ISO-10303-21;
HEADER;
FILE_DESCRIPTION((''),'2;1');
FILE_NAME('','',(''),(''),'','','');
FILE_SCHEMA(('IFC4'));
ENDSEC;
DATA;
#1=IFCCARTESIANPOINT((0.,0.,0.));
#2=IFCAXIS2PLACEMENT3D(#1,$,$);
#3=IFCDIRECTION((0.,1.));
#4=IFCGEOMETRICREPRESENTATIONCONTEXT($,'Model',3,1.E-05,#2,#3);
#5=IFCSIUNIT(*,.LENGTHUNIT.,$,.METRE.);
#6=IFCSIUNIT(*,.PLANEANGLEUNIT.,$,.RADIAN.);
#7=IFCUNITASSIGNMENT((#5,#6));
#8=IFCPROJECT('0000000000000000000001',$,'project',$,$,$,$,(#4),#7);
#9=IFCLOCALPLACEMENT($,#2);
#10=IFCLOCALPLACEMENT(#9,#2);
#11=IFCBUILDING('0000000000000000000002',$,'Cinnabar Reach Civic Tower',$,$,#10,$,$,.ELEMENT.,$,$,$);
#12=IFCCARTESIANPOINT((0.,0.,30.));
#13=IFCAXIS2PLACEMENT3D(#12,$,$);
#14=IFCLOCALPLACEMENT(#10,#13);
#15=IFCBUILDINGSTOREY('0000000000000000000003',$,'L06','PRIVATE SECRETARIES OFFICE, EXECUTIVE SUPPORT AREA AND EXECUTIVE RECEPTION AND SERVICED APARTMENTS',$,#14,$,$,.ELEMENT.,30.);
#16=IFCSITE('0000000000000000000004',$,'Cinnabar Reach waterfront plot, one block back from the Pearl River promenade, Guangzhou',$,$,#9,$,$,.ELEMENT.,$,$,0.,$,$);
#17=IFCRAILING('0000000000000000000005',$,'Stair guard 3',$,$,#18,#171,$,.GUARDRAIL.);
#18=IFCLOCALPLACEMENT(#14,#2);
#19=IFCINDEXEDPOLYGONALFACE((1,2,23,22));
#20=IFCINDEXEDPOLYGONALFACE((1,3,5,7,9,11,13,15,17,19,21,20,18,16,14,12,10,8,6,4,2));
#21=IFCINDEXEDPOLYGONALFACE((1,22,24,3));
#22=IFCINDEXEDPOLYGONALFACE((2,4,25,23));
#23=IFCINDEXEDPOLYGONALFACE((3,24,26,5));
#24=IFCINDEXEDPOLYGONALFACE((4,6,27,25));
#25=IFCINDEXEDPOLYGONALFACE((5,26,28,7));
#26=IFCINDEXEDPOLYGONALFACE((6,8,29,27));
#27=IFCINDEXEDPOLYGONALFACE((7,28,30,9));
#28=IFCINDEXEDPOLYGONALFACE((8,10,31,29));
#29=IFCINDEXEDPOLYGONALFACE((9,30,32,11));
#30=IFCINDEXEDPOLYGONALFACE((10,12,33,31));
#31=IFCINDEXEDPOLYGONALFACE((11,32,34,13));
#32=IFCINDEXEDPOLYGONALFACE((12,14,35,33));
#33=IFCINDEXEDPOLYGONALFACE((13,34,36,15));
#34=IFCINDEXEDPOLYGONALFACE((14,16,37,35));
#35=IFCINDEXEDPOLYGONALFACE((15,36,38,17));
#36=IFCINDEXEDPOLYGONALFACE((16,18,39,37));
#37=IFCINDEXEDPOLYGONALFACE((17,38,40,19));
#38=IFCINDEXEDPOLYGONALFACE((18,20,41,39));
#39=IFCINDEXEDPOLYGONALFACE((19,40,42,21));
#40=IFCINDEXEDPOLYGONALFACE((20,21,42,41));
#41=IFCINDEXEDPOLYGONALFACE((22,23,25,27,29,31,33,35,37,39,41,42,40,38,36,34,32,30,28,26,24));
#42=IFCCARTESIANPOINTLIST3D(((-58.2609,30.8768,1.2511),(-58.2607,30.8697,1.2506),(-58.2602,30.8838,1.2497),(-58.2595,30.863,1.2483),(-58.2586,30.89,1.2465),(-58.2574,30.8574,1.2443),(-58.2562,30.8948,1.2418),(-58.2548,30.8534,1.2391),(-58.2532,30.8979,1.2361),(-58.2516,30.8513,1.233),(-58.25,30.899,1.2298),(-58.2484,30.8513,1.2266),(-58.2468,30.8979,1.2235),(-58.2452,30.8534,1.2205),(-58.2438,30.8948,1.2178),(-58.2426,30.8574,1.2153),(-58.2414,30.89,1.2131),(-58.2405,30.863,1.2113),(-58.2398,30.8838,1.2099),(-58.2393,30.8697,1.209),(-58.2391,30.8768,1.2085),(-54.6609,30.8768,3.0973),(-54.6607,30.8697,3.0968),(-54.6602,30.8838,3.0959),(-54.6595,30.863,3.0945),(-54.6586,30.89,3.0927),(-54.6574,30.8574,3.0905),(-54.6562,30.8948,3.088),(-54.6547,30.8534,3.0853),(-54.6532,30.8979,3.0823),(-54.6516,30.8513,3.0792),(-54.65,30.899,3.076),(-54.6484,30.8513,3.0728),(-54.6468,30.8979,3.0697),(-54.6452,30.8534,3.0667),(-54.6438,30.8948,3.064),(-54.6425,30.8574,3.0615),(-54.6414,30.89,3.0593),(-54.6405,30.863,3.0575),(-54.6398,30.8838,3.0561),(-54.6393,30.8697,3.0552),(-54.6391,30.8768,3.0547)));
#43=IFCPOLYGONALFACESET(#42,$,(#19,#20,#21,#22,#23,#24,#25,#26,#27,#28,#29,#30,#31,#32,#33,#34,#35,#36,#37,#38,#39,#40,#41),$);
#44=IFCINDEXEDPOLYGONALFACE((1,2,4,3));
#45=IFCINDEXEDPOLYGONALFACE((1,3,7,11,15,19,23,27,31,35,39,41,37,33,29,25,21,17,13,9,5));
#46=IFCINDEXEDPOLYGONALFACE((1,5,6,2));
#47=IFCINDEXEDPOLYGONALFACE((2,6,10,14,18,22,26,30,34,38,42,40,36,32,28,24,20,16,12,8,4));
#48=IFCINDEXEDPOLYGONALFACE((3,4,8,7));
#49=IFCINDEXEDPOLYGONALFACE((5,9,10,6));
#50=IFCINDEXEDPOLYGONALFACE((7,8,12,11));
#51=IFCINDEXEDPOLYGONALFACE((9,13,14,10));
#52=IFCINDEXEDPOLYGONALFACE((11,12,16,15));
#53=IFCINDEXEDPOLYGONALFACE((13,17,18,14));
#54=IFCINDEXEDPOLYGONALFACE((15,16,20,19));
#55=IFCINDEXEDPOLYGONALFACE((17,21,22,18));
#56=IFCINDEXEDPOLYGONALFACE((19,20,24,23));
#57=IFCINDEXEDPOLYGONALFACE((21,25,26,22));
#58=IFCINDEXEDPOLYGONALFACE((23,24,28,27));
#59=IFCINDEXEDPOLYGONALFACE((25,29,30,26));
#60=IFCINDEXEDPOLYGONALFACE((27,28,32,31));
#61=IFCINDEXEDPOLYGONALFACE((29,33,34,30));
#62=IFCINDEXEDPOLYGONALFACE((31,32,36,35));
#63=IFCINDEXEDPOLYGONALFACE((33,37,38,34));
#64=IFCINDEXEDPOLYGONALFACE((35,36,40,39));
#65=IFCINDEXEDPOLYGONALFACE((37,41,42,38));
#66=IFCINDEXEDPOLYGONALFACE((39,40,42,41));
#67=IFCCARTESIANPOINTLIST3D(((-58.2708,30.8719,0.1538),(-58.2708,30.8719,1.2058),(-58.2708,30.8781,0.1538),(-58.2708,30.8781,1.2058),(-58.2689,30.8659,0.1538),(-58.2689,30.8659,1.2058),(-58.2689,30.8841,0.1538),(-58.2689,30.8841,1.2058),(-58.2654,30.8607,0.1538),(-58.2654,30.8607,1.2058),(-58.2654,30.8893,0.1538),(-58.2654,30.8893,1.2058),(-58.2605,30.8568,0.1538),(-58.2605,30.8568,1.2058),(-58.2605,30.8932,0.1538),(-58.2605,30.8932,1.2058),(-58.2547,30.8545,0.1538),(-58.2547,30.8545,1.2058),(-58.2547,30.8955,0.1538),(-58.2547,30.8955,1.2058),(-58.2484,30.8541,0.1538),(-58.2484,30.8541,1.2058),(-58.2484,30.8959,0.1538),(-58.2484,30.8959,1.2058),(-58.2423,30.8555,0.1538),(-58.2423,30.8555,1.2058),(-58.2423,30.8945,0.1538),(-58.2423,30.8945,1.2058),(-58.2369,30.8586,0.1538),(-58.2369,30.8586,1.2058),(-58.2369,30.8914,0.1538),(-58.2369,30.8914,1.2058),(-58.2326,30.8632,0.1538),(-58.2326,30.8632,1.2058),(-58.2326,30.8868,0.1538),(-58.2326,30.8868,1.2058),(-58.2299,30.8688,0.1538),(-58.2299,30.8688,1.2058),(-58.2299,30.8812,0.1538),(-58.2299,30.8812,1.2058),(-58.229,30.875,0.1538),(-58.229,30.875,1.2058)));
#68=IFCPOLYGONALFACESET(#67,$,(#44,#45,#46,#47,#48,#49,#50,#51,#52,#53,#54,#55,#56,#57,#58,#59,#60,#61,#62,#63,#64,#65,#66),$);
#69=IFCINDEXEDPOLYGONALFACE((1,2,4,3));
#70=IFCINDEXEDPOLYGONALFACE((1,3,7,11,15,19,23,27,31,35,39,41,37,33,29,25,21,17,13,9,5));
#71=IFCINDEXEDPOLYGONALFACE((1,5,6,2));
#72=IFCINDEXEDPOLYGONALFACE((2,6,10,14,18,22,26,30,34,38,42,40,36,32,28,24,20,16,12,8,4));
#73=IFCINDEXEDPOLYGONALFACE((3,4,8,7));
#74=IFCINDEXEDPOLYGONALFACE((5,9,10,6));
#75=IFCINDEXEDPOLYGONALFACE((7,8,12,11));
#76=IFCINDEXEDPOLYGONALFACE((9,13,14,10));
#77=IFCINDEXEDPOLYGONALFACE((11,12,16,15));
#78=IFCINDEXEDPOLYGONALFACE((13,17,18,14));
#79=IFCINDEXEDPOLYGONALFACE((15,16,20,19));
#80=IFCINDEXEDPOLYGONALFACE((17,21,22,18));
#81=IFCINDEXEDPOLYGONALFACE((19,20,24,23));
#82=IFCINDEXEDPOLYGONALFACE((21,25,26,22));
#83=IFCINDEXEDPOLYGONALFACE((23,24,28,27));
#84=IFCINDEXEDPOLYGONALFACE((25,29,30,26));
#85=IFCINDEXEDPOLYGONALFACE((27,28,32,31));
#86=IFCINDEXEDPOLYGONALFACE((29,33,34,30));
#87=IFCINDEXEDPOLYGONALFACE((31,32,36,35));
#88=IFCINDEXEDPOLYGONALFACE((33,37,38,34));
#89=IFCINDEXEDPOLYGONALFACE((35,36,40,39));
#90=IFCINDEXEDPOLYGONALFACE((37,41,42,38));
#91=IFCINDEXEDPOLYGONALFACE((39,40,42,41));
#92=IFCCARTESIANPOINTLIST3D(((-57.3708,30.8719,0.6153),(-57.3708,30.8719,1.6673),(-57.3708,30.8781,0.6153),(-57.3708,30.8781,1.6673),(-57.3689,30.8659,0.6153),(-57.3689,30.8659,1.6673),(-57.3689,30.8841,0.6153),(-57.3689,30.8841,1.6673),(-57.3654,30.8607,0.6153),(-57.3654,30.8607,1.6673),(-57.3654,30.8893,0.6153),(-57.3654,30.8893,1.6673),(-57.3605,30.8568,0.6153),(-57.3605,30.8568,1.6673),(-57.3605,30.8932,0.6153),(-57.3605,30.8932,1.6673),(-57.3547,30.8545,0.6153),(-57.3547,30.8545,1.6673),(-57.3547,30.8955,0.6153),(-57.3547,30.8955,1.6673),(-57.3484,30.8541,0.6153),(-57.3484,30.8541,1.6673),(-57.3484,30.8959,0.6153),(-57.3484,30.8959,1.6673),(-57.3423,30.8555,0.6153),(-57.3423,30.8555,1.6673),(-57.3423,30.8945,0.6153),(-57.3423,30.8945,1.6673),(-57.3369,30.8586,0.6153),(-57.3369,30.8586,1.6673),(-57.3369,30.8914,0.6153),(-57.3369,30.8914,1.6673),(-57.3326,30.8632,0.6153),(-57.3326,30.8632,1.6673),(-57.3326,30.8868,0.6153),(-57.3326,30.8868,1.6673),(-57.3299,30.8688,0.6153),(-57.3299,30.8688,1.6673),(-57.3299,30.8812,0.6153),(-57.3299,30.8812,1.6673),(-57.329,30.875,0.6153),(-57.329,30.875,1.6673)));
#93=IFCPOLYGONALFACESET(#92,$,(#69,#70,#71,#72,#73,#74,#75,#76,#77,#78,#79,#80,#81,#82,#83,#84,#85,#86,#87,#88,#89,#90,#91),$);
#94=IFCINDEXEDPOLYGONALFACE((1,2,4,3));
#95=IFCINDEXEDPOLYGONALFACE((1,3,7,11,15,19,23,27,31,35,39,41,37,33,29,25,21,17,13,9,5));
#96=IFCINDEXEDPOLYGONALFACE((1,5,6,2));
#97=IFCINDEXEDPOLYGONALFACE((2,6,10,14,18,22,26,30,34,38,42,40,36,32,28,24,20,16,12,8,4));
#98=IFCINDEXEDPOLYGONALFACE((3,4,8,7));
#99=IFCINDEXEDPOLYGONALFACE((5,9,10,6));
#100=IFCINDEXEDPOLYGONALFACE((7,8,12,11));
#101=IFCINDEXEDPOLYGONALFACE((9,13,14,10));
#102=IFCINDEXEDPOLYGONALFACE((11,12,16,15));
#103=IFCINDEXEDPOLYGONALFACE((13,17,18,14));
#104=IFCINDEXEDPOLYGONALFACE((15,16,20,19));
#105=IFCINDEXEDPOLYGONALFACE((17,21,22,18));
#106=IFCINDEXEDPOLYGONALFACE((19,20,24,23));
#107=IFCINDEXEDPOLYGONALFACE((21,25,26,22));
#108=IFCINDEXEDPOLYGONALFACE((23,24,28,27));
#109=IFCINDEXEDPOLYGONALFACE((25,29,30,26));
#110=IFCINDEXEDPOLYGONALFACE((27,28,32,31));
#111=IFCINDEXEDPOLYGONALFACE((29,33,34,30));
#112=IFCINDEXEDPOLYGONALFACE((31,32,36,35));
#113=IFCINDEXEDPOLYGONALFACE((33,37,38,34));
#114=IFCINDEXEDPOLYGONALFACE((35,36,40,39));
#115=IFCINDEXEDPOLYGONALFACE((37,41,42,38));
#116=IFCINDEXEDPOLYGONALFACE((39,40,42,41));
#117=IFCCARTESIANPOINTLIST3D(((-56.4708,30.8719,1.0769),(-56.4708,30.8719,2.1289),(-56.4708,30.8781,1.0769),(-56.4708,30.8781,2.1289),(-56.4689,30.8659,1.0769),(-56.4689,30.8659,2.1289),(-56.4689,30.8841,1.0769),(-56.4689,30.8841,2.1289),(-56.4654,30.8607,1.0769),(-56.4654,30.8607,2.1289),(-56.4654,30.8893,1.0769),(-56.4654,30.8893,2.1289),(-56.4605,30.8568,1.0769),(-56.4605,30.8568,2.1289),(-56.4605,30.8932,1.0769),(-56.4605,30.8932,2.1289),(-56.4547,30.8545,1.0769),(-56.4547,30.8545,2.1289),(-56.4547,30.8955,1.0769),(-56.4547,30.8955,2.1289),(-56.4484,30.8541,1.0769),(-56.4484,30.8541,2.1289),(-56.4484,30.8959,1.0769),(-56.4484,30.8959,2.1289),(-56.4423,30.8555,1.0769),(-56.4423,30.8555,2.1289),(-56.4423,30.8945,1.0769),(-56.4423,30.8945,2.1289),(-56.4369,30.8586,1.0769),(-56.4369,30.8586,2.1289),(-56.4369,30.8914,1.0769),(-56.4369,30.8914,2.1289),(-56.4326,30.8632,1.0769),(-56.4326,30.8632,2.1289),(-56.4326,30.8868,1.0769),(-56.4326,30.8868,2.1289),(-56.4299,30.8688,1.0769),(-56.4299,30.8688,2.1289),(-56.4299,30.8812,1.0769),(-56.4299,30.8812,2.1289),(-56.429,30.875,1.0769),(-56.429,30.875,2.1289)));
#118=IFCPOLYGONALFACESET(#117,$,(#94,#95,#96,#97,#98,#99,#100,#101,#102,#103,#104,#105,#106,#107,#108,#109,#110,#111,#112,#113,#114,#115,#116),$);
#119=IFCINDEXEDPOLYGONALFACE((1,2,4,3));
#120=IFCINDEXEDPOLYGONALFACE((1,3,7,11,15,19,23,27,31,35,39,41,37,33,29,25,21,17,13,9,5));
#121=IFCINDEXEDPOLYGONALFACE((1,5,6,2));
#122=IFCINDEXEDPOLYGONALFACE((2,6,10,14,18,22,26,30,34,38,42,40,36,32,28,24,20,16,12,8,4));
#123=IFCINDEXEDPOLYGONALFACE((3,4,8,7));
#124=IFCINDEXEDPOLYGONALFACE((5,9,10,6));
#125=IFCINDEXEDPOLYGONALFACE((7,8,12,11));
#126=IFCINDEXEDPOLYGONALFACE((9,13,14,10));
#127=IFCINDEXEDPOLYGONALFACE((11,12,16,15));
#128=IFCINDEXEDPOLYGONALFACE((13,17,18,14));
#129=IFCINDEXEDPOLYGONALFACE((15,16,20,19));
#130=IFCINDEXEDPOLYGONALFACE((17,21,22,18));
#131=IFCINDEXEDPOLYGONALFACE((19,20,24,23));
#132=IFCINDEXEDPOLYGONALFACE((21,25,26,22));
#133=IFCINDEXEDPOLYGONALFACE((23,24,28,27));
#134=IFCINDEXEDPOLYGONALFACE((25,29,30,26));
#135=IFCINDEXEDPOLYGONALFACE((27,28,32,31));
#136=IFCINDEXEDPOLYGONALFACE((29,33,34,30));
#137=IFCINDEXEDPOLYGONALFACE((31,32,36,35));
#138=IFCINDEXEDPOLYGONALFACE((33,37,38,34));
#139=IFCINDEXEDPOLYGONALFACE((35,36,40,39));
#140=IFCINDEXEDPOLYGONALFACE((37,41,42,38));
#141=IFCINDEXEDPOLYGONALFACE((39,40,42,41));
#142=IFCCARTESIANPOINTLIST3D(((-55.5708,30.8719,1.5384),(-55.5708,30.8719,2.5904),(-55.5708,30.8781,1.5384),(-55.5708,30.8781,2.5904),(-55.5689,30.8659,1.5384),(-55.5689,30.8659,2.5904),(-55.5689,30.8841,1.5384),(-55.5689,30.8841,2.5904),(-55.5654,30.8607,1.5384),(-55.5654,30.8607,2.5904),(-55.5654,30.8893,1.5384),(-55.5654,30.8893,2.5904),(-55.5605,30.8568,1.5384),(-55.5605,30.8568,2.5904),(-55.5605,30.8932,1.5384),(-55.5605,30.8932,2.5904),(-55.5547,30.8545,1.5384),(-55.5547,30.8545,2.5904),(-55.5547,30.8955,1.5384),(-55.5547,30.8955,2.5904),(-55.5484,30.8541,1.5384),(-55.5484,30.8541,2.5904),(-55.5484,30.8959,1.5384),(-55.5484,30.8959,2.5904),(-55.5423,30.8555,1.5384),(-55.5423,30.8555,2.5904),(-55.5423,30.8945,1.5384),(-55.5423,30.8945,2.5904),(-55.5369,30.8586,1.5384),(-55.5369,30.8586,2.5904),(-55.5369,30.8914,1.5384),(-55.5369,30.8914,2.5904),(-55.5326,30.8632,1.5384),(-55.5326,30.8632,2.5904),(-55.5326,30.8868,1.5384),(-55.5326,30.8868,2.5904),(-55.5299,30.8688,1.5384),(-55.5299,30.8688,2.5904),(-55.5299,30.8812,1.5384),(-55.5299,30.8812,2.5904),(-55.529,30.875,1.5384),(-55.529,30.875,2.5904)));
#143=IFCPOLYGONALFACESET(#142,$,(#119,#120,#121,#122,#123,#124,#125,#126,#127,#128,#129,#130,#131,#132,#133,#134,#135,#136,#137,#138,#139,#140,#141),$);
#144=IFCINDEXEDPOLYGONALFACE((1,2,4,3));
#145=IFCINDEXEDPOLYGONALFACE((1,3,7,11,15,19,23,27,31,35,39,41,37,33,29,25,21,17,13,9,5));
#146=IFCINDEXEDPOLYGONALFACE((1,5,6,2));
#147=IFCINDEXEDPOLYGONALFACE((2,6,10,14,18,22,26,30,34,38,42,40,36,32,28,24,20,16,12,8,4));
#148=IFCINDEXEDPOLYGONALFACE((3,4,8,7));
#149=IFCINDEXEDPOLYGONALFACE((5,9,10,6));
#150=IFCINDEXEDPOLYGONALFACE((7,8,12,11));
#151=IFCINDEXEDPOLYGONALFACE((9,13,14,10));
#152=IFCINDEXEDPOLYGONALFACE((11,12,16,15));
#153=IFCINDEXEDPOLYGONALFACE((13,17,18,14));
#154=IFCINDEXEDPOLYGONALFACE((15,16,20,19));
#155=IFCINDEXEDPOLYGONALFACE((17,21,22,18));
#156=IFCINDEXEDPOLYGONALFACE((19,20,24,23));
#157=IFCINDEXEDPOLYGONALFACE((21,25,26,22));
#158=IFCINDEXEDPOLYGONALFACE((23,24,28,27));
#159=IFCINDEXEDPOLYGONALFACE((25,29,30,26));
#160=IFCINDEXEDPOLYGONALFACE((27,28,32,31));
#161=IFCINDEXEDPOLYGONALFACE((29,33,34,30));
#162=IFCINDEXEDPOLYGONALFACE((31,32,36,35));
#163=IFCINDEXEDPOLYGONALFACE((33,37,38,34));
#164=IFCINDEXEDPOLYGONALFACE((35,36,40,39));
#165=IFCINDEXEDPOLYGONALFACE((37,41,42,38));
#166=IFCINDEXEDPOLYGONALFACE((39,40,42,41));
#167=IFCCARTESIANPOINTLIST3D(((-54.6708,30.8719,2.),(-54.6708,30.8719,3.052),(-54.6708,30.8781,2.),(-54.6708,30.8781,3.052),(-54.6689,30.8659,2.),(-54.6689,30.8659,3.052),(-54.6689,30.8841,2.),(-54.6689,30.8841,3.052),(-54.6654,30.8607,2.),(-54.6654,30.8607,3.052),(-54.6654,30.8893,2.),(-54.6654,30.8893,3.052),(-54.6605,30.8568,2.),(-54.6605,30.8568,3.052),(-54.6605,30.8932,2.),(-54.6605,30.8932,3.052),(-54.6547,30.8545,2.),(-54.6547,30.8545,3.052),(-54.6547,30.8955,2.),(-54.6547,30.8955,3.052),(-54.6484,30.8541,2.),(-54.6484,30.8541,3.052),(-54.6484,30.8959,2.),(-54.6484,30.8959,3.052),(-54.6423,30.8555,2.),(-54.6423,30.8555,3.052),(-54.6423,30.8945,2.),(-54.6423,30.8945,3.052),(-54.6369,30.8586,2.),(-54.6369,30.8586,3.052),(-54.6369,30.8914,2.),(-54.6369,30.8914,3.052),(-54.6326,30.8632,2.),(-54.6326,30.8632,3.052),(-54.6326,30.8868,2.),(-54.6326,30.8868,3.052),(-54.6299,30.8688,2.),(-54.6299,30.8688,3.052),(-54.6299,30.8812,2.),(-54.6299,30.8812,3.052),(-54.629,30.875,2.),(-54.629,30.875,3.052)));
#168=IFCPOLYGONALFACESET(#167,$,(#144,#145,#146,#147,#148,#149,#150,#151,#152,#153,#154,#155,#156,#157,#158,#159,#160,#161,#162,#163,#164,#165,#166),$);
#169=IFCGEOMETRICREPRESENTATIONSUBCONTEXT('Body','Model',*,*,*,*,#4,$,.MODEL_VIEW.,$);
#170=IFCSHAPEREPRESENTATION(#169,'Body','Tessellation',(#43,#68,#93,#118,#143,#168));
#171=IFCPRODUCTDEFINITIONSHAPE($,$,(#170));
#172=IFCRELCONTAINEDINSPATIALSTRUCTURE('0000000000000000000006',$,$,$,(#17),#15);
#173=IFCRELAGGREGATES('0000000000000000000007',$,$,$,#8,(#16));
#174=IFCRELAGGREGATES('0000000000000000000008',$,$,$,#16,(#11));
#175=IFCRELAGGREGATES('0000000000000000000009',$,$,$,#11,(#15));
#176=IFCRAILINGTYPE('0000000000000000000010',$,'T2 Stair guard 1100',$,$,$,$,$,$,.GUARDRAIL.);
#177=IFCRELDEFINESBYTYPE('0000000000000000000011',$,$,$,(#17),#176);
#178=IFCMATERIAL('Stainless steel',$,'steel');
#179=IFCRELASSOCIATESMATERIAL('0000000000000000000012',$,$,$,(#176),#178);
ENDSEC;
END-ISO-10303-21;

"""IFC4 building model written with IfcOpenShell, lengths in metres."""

from ifc_helpers import new_model, si_unit, direction, frame, origin, origin_2d, place, context, subcontext, project, spatial, circle, extrude, material, type_object, element, save


model = new_model("IFC4")

# Units and contexts
model_context = context("Model", 3, precision=1e-05, world=origin(), true_north=direction((0.0, 1.0)))
body_context = subcontext(model_context, "Body", "Model", "MODEL_VIEW")
ifc_project = project(units=[si_unit("LENGTHUNIT", "METRE"), si_unit("PLANEANGLEUNIT", "RADIAN")], contexts=[model_context])

# Site, building, storey
site_placement = place(None, origin())
site = spatial("IfcSite", under=ifc_project, at=site_placement, Name="Cinnabar Reach waterfront plot, one block back from the Pearl River promenade, Guangzhou", CompositionType="ELEMENT", RefElevation=0.0)
building_placement = place(site_placement, origin())
building = spatial("IfcBuilding", under=site, at=building_placement, Name="Cinnabar Reach Civic Tower", CompositionType="ELEMENT")
storey_placement = place(building_placement, frame((0.0, 0.0, 30.0)))
storey = spatial("IfcBuildingStorey", under=building, at=storey_placement, Name="L06", Description="PRIVATE SECRETARIES OFFICE, EXECUTIVE SUPPORT AREA AND EXECUTIVE RECEPTION AND SERVICED APARTMENTS", CompositionType="ELEMENT", Elevation=30.0)

# Railing
ifc_material_1 = material(Name="Stainless steel", Category="steel")
railing_type = type_object("IfcRailingType", Name="T2 Stair guard 1100", PredefinedType="GUARDRAIL", material=ifc_material_1)
railing_1_placement = place(storey_placement, frame((-58.25, 30.875, 0.1538)))
element("IfcRailing", 1, at=railing_1_placement, inside=storey, type_object=railing_type, Name="Stair guard 3", PredefinedType="GUARDRAIL", context=body_context, shape_type="SweptSolid", body=[
    extrude(circle(Radius=0.024, at=origin_2d()), frame((0.0, 0.0, 1.076), z_axis=(0.889813, 0.0, 0.456326), x_axis=(0.0, 1.0, 0.0)), (0.0, 0.0, 1.0), 4.0458),
    extrude(circle(Radius=0.021, at=origin_2d()), origin(), (0.0, 0.0, 1.0), 1.052),
    extrude(circle(Radius=0.021, at=origin_2d()), frame((0.9, 0.0, 0.4615)), (0.0, 0.0, 1.0), 1.052),
    extrude(circle(Radius=0.021, at=origin_2d()), frame((1.8, 0.0, 0.9231)), (0.0, 0.0, 1.0), 1.052),
    extrude(circle(Radius=0.021, at=origin_2d()), frame((2.7, 0.0, 1.3846)), (0.0, 0.0, 1.0), 1.052),
    extrude(circle(Radius=0.021, at=origin_2d()), frame((3.6, 0.0, 1.8462)), (0.0, 0.0, 1.0), 1.052),
])

save(model, "model.ifc")
